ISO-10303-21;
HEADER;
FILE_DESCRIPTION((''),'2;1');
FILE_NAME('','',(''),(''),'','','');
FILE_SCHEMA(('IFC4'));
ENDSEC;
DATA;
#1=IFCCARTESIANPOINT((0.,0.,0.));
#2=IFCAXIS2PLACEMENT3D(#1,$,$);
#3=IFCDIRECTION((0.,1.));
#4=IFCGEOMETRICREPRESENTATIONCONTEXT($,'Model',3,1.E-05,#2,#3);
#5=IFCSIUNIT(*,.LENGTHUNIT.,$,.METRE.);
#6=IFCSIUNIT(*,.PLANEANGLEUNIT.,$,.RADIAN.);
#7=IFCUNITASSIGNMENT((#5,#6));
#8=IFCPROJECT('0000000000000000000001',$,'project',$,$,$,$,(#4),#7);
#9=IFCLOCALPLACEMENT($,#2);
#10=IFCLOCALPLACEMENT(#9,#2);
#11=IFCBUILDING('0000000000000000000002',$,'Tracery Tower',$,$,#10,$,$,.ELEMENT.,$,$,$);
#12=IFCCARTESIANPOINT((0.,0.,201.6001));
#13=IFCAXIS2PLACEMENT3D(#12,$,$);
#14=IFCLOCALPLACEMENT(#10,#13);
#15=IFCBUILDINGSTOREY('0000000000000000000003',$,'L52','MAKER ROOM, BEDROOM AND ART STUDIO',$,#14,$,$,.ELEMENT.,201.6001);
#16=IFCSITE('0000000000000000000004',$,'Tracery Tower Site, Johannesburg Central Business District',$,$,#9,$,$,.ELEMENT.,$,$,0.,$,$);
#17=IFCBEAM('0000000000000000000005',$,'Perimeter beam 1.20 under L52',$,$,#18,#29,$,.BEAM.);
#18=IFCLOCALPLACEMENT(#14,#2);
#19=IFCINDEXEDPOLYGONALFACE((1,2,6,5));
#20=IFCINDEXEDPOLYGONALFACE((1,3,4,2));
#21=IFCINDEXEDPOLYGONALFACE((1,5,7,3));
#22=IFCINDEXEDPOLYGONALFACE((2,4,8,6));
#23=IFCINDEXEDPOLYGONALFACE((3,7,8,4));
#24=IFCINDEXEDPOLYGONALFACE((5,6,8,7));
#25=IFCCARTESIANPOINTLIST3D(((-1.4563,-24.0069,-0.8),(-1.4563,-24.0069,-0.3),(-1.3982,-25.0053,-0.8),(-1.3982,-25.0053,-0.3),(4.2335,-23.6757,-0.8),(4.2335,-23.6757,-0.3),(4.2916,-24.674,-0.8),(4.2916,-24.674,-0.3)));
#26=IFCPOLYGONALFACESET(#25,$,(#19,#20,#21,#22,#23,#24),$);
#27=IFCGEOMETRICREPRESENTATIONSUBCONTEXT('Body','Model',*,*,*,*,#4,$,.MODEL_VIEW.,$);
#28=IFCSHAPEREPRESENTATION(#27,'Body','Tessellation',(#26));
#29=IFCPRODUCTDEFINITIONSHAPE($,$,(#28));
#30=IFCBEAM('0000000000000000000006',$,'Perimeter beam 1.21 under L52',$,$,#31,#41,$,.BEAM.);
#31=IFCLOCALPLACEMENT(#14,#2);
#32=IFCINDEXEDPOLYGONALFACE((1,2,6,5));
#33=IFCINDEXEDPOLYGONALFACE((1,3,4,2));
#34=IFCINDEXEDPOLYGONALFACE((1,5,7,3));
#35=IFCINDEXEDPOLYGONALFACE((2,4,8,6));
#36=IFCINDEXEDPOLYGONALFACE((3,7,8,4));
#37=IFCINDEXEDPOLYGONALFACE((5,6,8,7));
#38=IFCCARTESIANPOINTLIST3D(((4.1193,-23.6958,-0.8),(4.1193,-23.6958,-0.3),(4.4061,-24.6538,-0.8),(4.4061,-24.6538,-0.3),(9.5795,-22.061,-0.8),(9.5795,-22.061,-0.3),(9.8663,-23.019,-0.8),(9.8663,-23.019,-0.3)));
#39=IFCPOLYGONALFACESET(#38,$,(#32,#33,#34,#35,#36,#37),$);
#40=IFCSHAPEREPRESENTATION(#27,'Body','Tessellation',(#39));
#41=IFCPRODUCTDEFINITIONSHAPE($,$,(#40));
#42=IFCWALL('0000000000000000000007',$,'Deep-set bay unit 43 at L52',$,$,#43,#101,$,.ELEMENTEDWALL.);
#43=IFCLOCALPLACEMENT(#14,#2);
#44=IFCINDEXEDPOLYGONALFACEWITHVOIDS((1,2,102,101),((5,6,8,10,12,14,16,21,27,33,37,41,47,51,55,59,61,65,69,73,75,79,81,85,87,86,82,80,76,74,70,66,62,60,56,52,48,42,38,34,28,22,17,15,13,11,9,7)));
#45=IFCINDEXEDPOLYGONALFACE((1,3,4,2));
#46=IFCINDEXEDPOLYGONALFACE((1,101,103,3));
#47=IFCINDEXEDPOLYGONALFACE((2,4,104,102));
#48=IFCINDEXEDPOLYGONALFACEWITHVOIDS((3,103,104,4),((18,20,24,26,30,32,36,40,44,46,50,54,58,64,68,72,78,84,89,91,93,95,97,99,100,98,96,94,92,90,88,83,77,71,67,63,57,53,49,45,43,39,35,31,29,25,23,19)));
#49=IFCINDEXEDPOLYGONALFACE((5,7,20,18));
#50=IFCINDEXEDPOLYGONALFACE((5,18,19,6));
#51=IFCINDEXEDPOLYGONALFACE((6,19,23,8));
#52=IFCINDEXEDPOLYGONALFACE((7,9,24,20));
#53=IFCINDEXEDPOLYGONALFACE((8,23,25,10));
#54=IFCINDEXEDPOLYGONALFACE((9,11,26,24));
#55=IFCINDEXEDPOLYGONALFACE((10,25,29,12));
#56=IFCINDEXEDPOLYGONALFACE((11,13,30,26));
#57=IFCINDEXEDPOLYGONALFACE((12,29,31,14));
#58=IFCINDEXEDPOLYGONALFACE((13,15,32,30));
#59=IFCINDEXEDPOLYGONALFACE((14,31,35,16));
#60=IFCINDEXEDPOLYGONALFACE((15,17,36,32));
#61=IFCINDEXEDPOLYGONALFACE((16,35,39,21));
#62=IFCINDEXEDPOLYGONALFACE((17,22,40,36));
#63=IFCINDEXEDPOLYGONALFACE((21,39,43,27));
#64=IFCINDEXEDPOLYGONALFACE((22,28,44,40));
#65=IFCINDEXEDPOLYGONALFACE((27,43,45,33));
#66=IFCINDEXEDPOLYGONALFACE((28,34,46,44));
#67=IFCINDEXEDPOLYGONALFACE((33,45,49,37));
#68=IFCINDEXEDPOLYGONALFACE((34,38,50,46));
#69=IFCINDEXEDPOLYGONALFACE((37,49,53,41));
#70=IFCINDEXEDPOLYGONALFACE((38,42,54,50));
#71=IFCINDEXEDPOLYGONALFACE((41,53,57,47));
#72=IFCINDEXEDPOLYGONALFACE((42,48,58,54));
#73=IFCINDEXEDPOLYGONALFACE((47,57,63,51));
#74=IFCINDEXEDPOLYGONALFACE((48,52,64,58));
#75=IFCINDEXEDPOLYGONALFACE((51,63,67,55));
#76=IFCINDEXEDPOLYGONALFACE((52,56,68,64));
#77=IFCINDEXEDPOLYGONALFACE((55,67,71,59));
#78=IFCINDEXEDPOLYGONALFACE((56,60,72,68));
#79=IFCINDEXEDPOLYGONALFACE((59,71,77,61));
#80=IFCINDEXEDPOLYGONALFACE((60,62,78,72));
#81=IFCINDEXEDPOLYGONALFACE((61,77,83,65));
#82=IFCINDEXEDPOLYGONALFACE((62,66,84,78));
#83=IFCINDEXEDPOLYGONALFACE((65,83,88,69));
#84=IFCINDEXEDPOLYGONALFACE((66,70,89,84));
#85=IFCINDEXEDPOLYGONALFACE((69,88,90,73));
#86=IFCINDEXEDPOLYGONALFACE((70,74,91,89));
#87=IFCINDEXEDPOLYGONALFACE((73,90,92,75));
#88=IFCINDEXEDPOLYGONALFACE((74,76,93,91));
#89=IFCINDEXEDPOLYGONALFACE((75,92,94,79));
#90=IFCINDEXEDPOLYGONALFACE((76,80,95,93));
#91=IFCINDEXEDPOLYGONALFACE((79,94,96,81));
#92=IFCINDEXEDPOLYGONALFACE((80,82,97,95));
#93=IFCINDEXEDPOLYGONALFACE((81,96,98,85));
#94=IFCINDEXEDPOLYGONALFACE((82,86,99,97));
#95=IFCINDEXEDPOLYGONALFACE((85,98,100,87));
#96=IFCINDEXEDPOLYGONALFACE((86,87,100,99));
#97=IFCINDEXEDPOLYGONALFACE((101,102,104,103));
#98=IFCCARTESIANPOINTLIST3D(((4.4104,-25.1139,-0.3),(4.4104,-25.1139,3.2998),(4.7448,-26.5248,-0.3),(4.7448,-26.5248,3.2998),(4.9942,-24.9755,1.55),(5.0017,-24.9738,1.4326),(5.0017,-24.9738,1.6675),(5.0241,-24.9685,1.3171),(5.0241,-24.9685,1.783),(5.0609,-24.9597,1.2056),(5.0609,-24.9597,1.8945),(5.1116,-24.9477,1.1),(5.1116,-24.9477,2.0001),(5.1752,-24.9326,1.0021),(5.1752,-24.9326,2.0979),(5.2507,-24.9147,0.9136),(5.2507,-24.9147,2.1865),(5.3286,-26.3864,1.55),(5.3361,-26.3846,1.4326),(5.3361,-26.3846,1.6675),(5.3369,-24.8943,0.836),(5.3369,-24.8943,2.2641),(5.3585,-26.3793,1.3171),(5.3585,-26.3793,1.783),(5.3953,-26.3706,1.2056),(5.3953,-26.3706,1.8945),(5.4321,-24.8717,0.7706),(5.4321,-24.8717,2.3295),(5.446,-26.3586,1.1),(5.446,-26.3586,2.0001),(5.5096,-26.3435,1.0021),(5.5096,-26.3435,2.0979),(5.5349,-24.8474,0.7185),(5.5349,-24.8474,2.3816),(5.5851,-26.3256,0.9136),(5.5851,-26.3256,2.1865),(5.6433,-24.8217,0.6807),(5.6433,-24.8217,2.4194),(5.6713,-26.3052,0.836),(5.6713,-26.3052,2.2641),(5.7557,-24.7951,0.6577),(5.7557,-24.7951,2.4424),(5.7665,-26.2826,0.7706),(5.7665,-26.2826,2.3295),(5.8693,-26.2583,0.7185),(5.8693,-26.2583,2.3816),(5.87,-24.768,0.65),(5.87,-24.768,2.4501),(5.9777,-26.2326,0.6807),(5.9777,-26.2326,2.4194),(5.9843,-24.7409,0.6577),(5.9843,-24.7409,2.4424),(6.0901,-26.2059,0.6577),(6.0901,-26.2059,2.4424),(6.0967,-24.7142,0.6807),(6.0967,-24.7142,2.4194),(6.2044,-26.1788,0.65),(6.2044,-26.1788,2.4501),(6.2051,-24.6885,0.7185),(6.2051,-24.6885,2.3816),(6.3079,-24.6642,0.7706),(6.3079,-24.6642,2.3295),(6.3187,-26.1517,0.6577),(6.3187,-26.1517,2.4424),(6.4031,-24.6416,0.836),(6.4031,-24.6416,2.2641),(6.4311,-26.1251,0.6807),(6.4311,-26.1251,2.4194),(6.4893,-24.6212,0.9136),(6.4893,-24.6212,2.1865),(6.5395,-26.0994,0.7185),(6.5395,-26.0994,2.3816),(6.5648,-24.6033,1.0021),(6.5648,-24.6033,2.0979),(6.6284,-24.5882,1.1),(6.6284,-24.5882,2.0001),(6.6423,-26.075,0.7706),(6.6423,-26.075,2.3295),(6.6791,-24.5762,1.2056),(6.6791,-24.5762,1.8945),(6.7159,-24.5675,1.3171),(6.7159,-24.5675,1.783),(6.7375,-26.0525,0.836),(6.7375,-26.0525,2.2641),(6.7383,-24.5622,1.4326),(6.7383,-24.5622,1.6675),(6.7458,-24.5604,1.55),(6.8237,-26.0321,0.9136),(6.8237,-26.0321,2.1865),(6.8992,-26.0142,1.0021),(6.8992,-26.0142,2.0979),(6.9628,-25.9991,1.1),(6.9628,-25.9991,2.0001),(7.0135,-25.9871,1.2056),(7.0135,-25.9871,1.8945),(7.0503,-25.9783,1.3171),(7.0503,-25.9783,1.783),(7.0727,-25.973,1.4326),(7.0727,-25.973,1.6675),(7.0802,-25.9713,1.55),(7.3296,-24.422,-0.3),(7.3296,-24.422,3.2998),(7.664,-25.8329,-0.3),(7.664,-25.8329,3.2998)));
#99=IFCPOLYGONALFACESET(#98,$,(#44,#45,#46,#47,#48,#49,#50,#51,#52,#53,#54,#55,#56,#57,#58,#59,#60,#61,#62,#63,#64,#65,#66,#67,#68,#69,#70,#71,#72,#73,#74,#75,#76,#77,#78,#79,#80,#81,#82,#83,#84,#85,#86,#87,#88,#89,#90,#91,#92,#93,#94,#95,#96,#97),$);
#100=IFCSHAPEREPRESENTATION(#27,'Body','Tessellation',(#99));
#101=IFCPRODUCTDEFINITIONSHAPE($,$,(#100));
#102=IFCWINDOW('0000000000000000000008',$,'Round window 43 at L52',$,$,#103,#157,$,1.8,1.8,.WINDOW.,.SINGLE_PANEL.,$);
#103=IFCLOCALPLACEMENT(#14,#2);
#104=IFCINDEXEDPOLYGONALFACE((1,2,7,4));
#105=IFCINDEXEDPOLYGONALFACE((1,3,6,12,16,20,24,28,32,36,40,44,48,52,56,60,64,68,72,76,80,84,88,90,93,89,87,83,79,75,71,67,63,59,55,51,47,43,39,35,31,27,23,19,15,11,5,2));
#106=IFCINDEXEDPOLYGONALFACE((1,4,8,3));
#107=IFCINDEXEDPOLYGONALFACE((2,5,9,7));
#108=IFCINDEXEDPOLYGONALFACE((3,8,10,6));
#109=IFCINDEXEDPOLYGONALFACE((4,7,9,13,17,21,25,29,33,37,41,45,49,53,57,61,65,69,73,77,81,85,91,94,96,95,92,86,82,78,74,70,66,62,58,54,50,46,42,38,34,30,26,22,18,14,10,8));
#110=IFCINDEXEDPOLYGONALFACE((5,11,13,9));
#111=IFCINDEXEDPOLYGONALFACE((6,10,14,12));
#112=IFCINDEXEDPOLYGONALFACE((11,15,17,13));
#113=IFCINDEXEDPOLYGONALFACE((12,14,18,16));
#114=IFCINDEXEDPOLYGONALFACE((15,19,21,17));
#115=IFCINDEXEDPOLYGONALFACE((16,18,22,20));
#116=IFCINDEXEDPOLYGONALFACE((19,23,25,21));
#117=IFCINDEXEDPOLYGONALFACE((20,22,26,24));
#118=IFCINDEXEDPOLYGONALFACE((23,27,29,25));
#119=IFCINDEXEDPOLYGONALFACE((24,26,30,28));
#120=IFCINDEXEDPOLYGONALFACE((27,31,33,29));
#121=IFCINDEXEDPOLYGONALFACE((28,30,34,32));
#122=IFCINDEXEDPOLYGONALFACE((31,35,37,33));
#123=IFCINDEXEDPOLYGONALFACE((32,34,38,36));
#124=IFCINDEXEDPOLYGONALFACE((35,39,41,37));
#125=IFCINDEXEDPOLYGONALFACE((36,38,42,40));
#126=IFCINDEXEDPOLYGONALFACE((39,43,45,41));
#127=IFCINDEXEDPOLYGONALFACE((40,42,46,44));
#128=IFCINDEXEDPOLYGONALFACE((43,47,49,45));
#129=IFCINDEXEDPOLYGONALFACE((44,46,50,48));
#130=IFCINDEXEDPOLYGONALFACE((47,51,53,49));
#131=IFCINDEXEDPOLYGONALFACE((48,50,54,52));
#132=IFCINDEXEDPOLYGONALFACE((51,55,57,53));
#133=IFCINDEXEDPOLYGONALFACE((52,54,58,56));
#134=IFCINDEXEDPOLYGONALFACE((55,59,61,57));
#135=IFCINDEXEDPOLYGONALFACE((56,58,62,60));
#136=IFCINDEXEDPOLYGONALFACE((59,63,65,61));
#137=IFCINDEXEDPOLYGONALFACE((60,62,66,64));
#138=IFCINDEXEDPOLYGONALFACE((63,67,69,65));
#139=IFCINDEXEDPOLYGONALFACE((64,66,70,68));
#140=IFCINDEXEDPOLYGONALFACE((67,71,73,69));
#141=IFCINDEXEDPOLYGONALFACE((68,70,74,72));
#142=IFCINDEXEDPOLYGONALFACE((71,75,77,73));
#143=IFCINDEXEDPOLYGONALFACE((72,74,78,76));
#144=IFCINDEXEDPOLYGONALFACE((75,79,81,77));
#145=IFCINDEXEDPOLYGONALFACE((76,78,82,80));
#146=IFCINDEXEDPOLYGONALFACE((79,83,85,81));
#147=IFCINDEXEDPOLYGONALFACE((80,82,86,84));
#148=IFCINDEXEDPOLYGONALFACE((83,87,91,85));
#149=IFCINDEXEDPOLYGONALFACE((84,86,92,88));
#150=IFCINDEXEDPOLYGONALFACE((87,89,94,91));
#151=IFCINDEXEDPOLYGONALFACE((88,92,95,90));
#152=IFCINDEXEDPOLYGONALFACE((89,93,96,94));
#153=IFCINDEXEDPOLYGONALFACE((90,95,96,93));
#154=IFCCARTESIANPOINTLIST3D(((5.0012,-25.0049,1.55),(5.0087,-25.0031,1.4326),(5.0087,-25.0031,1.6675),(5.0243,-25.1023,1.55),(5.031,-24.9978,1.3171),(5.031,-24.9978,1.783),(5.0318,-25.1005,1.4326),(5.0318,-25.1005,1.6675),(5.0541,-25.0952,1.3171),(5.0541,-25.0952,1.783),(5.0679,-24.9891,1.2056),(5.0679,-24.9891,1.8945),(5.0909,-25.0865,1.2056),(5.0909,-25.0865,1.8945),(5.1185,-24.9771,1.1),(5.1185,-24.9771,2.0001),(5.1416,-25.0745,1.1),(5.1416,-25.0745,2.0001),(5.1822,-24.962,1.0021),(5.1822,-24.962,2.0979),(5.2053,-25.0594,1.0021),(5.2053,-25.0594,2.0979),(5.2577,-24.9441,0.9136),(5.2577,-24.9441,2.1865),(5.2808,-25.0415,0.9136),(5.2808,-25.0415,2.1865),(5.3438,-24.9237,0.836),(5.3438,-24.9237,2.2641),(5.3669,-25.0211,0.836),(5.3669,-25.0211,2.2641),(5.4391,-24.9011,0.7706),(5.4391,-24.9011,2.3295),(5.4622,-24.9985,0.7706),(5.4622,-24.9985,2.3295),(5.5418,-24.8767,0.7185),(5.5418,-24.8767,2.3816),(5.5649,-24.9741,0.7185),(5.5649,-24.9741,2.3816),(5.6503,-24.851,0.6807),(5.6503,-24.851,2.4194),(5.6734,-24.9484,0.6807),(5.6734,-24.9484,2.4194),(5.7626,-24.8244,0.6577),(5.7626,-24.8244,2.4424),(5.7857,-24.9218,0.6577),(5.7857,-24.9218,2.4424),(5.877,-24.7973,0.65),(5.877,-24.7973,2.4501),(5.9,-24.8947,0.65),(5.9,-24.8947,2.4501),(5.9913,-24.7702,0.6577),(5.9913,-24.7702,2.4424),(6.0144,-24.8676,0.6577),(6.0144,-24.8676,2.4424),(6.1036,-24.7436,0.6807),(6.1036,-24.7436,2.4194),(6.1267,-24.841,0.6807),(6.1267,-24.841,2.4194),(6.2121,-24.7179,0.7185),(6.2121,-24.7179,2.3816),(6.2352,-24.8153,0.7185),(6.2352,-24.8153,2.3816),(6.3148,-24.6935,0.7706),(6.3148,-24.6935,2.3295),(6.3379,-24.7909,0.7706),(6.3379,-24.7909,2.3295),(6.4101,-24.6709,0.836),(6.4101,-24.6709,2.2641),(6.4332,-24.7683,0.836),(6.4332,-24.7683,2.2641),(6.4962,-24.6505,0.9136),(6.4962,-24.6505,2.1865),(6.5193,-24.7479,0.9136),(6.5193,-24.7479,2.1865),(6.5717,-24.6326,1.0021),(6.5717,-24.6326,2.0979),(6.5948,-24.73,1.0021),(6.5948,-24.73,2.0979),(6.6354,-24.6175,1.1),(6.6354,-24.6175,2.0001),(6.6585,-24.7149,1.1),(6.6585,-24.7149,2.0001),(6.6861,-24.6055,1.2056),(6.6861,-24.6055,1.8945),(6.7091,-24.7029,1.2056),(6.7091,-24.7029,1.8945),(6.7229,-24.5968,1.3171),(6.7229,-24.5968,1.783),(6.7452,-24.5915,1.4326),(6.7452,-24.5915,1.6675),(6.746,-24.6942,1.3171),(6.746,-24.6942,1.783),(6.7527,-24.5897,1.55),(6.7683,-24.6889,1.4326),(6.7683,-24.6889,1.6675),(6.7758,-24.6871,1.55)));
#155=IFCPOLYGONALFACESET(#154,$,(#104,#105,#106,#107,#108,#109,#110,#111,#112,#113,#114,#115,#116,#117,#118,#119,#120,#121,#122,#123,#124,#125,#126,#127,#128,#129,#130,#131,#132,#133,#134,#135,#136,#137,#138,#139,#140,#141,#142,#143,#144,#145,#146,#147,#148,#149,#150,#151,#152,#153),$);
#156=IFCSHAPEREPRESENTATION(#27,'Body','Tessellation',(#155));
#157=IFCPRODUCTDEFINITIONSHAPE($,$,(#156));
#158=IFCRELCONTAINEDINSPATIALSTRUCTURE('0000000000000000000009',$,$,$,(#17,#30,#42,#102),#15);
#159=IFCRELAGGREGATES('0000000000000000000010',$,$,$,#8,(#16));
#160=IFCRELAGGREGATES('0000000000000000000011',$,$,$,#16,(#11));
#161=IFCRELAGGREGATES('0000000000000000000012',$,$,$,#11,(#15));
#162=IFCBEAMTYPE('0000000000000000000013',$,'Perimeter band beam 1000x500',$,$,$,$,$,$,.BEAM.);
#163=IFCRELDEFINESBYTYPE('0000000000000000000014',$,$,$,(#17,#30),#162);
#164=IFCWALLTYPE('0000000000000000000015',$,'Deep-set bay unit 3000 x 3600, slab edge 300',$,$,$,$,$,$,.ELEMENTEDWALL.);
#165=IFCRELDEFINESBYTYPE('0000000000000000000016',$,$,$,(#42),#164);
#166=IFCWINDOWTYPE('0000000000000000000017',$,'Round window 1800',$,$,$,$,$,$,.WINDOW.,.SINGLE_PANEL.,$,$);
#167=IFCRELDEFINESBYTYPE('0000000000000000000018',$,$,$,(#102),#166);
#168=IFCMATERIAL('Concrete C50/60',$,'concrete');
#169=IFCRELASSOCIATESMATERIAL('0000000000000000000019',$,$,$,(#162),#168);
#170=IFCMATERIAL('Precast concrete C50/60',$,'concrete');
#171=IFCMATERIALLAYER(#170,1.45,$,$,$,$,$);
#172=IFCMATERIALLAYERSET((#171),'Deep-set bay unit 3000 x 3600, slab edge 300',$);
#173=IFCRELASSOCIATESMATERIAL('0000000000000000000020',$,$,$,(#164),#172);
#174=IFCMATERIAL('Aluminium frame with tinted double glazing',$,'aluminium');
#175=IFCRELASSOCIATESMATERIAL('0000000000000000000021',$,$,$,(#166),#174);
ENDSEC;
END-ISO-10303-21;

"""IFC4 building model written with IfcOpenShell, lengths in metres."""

from ifc_helpers import new_model, si_unit, direction, frame, frame_2d, origin, origin_2d, place, context, subcontext, project, spatial, rectangle, circle, extrude, material, layer, layer_set, material_profile, profile_set, type_object, element, fill, save


model = new_model("IFC4")

# Units and contexts
model_context = context("Model", 3, precision=1e-05, world=origin(), true_north=direction((0.0, 1.0)))
body_context = subcontext(model_context, "Body", "Model", "MODEL_VIEW")
ifc_project = project(units=[si_unit("LENGTHUNIT", "METRE"), si_unit("PLANEANGLEUNIT", "RADIAN")], contexts=[model_context])

# Site, building, storey
site_placement = place(None, origin())
site = spatial("IfcSite", under=ifc_project, at=site_placement, Name="Tracery Tower Site, Johannesburg Central Business District", CompositionType="ELEMENT", RefElevation=0.0)
building_placement = place(site_placement, origin())
building = spatial("IfcBuilding", under=site, at=building_placement, Name="Tracery Tower", CompositionType="ELEMENT")
storey_placement = place(building_placement, frame((0.0, 0.0, 201.6001)))
storey = spatial("IfcBuildingStorey", under=building, at=storey_placement, Name="L52", Description="MAKER ROOM, BEDROOM AND ART STUDIO", CompositionType="ELEMENT", Elevation=201.6001)

# Beams
ifc_material_1 = material(Name="Concrete C50/60", Category="concrete")
ifc_material_profile_1 = material_profile(ifc_material_1, rectangle(XDim=1.0, YDim=0.5, at=origin_2d()), Name="RC 1000x500")
ifc_profile_set_1 = profile_set([ifc_material_profile_1], Name="Concrete C50/60")
beam_type = type_object("IfcBeamType", Name="Perimeter band beam 1000x500", PredefinedType="BEAM", material=ifc_profile_set_1)
beam_1_placement = place(storey_placement, frame((-1.4272, -24.5061, -0.55), z_axis=(0.998309, 0.058127, 0.0), x_axis=(-0.058127, 0.998309, 0.0)))
element("IfcBeam", 1, at=beam_1_placement, inside=storey, type_object=beam_type, Name="Perimeter beam 1.20 under L52", PredefinedType="BEAM", context=body_context, shape_type="SweptSolid", body=[
    extrude(rectangle(XDim=1.0, YDim=0.5, at=origin_2d()), origin(), (0.0, 0.0, 1.0), 5.6995),
])
beam_2_placement = place(storey_placement, frame((4.2627, -24.1748, -0.55), z_axis=(0.957985, 0.286817, 0.0), x_axis=(-0.286817, 0.957985, 0.0)))
element("IfcBeam", 2, at=beam_2_placement, inside=storey, type_object=beam_type, Name="Perimeter beam 1.21 under L52", PredefinedType="BEAM", context=body_context, shape_type="SweptSolid", body=[
    extrude(rectangle(XDim=1.0, YDim=0.5, at=origin_2d()), origin(), (0.0, 0.0, 1.0), 5.6997),
])

# Wall, opening, window
ifc_material_2 = material(Name="Precast concrete C50/60", Category="concrete")
ifc_layer_1 = layer(ifc_material_2, 1.45)
ifc_layer_set_1 = layer_set([ifc_layer_1], Name="Deep-set bay unit 3000 x 3600, slab edge 300")
wall_type_1 = type_object("IfcWallType", Name="Deep-set bay unit 3000 x 3600, slab edge 300", PredefinedType="ELEMENTEDWALL", material=ifc_layer_set_1)
wall_1_placement = place(storey_placement, frame((4.5776, -25.8193, -0.3), z_axis=(0.0, 0.0, 1.0), x_axis=(0.973042, 0.230627, 0.0)))
wall_1 = element("IfcWall", 3, at=wall_1_placement, inside=storey, type_object=wall_type_1, Name="Deep-set bay unit 43 at L52", PredefinedType="ELEMENTEDWALL", context=body_context, shape_type="SweptSolid", body=[
    extrude(rectangle(XDim=3.0, YDim=1.45, at=frame_2d((1.5, 0.0))), origin(), (0.0, 0.0, 1.0), 3.5999),
])
opening_1_placement = place(wall_1_placement, frame((1.5, 0.0, 1.8501)))
opening_1 = element("IfcOpeningElement", 4, at=opening_1_placement, cuts=wall_1, PredefinedType="OPENING", context=body_context, shape_type="SweptSolid", body=[
    extrude(circle(Radius=0.9, at=origin_2d()), frame((0.0, 0.7349, 0.0), z_axis=(0.0, -1.0, 0.0), x_axis=(1.0, 0.0, 0.0)), (0.0, 0.0, 1.0), 1.47),
])
ifc_material_3 = material(Name="Aluminium frame with tinted double glazing", Category="aluminium")
window_type = type_object("IfcWindowType", Name="Round window 1800", PartitioningType="SINGLE_PANEL", PredefinedType="WINDOW", material=ifc_material_3)
window_1_placement = place(opening_1_placement, origin())
window_1 = element("IfcWindow", 5, at=window_1_placement, inside=storey, type_object=window_type, Name="Round window 43 at L52", OverallHeight=1.8, OverallWidth=1.8, PartitioningType="SINGLE_PANEL", PredefinedType="WINDOW", context=body_context, shape_type="SweptSolid", body=[
    extrude(circle(Radius=0.9, at=origin_2d()), frame((0.0, 0.6948, 0.0), z_axis=(0.0, -1.0, 0.0), x_axis=(1.0, 0.0, 0.0)), (0.0, 0.0, 1.0), 0.1001),
])
fill(opening_1, window_1)

save(model, "model.ifc")
